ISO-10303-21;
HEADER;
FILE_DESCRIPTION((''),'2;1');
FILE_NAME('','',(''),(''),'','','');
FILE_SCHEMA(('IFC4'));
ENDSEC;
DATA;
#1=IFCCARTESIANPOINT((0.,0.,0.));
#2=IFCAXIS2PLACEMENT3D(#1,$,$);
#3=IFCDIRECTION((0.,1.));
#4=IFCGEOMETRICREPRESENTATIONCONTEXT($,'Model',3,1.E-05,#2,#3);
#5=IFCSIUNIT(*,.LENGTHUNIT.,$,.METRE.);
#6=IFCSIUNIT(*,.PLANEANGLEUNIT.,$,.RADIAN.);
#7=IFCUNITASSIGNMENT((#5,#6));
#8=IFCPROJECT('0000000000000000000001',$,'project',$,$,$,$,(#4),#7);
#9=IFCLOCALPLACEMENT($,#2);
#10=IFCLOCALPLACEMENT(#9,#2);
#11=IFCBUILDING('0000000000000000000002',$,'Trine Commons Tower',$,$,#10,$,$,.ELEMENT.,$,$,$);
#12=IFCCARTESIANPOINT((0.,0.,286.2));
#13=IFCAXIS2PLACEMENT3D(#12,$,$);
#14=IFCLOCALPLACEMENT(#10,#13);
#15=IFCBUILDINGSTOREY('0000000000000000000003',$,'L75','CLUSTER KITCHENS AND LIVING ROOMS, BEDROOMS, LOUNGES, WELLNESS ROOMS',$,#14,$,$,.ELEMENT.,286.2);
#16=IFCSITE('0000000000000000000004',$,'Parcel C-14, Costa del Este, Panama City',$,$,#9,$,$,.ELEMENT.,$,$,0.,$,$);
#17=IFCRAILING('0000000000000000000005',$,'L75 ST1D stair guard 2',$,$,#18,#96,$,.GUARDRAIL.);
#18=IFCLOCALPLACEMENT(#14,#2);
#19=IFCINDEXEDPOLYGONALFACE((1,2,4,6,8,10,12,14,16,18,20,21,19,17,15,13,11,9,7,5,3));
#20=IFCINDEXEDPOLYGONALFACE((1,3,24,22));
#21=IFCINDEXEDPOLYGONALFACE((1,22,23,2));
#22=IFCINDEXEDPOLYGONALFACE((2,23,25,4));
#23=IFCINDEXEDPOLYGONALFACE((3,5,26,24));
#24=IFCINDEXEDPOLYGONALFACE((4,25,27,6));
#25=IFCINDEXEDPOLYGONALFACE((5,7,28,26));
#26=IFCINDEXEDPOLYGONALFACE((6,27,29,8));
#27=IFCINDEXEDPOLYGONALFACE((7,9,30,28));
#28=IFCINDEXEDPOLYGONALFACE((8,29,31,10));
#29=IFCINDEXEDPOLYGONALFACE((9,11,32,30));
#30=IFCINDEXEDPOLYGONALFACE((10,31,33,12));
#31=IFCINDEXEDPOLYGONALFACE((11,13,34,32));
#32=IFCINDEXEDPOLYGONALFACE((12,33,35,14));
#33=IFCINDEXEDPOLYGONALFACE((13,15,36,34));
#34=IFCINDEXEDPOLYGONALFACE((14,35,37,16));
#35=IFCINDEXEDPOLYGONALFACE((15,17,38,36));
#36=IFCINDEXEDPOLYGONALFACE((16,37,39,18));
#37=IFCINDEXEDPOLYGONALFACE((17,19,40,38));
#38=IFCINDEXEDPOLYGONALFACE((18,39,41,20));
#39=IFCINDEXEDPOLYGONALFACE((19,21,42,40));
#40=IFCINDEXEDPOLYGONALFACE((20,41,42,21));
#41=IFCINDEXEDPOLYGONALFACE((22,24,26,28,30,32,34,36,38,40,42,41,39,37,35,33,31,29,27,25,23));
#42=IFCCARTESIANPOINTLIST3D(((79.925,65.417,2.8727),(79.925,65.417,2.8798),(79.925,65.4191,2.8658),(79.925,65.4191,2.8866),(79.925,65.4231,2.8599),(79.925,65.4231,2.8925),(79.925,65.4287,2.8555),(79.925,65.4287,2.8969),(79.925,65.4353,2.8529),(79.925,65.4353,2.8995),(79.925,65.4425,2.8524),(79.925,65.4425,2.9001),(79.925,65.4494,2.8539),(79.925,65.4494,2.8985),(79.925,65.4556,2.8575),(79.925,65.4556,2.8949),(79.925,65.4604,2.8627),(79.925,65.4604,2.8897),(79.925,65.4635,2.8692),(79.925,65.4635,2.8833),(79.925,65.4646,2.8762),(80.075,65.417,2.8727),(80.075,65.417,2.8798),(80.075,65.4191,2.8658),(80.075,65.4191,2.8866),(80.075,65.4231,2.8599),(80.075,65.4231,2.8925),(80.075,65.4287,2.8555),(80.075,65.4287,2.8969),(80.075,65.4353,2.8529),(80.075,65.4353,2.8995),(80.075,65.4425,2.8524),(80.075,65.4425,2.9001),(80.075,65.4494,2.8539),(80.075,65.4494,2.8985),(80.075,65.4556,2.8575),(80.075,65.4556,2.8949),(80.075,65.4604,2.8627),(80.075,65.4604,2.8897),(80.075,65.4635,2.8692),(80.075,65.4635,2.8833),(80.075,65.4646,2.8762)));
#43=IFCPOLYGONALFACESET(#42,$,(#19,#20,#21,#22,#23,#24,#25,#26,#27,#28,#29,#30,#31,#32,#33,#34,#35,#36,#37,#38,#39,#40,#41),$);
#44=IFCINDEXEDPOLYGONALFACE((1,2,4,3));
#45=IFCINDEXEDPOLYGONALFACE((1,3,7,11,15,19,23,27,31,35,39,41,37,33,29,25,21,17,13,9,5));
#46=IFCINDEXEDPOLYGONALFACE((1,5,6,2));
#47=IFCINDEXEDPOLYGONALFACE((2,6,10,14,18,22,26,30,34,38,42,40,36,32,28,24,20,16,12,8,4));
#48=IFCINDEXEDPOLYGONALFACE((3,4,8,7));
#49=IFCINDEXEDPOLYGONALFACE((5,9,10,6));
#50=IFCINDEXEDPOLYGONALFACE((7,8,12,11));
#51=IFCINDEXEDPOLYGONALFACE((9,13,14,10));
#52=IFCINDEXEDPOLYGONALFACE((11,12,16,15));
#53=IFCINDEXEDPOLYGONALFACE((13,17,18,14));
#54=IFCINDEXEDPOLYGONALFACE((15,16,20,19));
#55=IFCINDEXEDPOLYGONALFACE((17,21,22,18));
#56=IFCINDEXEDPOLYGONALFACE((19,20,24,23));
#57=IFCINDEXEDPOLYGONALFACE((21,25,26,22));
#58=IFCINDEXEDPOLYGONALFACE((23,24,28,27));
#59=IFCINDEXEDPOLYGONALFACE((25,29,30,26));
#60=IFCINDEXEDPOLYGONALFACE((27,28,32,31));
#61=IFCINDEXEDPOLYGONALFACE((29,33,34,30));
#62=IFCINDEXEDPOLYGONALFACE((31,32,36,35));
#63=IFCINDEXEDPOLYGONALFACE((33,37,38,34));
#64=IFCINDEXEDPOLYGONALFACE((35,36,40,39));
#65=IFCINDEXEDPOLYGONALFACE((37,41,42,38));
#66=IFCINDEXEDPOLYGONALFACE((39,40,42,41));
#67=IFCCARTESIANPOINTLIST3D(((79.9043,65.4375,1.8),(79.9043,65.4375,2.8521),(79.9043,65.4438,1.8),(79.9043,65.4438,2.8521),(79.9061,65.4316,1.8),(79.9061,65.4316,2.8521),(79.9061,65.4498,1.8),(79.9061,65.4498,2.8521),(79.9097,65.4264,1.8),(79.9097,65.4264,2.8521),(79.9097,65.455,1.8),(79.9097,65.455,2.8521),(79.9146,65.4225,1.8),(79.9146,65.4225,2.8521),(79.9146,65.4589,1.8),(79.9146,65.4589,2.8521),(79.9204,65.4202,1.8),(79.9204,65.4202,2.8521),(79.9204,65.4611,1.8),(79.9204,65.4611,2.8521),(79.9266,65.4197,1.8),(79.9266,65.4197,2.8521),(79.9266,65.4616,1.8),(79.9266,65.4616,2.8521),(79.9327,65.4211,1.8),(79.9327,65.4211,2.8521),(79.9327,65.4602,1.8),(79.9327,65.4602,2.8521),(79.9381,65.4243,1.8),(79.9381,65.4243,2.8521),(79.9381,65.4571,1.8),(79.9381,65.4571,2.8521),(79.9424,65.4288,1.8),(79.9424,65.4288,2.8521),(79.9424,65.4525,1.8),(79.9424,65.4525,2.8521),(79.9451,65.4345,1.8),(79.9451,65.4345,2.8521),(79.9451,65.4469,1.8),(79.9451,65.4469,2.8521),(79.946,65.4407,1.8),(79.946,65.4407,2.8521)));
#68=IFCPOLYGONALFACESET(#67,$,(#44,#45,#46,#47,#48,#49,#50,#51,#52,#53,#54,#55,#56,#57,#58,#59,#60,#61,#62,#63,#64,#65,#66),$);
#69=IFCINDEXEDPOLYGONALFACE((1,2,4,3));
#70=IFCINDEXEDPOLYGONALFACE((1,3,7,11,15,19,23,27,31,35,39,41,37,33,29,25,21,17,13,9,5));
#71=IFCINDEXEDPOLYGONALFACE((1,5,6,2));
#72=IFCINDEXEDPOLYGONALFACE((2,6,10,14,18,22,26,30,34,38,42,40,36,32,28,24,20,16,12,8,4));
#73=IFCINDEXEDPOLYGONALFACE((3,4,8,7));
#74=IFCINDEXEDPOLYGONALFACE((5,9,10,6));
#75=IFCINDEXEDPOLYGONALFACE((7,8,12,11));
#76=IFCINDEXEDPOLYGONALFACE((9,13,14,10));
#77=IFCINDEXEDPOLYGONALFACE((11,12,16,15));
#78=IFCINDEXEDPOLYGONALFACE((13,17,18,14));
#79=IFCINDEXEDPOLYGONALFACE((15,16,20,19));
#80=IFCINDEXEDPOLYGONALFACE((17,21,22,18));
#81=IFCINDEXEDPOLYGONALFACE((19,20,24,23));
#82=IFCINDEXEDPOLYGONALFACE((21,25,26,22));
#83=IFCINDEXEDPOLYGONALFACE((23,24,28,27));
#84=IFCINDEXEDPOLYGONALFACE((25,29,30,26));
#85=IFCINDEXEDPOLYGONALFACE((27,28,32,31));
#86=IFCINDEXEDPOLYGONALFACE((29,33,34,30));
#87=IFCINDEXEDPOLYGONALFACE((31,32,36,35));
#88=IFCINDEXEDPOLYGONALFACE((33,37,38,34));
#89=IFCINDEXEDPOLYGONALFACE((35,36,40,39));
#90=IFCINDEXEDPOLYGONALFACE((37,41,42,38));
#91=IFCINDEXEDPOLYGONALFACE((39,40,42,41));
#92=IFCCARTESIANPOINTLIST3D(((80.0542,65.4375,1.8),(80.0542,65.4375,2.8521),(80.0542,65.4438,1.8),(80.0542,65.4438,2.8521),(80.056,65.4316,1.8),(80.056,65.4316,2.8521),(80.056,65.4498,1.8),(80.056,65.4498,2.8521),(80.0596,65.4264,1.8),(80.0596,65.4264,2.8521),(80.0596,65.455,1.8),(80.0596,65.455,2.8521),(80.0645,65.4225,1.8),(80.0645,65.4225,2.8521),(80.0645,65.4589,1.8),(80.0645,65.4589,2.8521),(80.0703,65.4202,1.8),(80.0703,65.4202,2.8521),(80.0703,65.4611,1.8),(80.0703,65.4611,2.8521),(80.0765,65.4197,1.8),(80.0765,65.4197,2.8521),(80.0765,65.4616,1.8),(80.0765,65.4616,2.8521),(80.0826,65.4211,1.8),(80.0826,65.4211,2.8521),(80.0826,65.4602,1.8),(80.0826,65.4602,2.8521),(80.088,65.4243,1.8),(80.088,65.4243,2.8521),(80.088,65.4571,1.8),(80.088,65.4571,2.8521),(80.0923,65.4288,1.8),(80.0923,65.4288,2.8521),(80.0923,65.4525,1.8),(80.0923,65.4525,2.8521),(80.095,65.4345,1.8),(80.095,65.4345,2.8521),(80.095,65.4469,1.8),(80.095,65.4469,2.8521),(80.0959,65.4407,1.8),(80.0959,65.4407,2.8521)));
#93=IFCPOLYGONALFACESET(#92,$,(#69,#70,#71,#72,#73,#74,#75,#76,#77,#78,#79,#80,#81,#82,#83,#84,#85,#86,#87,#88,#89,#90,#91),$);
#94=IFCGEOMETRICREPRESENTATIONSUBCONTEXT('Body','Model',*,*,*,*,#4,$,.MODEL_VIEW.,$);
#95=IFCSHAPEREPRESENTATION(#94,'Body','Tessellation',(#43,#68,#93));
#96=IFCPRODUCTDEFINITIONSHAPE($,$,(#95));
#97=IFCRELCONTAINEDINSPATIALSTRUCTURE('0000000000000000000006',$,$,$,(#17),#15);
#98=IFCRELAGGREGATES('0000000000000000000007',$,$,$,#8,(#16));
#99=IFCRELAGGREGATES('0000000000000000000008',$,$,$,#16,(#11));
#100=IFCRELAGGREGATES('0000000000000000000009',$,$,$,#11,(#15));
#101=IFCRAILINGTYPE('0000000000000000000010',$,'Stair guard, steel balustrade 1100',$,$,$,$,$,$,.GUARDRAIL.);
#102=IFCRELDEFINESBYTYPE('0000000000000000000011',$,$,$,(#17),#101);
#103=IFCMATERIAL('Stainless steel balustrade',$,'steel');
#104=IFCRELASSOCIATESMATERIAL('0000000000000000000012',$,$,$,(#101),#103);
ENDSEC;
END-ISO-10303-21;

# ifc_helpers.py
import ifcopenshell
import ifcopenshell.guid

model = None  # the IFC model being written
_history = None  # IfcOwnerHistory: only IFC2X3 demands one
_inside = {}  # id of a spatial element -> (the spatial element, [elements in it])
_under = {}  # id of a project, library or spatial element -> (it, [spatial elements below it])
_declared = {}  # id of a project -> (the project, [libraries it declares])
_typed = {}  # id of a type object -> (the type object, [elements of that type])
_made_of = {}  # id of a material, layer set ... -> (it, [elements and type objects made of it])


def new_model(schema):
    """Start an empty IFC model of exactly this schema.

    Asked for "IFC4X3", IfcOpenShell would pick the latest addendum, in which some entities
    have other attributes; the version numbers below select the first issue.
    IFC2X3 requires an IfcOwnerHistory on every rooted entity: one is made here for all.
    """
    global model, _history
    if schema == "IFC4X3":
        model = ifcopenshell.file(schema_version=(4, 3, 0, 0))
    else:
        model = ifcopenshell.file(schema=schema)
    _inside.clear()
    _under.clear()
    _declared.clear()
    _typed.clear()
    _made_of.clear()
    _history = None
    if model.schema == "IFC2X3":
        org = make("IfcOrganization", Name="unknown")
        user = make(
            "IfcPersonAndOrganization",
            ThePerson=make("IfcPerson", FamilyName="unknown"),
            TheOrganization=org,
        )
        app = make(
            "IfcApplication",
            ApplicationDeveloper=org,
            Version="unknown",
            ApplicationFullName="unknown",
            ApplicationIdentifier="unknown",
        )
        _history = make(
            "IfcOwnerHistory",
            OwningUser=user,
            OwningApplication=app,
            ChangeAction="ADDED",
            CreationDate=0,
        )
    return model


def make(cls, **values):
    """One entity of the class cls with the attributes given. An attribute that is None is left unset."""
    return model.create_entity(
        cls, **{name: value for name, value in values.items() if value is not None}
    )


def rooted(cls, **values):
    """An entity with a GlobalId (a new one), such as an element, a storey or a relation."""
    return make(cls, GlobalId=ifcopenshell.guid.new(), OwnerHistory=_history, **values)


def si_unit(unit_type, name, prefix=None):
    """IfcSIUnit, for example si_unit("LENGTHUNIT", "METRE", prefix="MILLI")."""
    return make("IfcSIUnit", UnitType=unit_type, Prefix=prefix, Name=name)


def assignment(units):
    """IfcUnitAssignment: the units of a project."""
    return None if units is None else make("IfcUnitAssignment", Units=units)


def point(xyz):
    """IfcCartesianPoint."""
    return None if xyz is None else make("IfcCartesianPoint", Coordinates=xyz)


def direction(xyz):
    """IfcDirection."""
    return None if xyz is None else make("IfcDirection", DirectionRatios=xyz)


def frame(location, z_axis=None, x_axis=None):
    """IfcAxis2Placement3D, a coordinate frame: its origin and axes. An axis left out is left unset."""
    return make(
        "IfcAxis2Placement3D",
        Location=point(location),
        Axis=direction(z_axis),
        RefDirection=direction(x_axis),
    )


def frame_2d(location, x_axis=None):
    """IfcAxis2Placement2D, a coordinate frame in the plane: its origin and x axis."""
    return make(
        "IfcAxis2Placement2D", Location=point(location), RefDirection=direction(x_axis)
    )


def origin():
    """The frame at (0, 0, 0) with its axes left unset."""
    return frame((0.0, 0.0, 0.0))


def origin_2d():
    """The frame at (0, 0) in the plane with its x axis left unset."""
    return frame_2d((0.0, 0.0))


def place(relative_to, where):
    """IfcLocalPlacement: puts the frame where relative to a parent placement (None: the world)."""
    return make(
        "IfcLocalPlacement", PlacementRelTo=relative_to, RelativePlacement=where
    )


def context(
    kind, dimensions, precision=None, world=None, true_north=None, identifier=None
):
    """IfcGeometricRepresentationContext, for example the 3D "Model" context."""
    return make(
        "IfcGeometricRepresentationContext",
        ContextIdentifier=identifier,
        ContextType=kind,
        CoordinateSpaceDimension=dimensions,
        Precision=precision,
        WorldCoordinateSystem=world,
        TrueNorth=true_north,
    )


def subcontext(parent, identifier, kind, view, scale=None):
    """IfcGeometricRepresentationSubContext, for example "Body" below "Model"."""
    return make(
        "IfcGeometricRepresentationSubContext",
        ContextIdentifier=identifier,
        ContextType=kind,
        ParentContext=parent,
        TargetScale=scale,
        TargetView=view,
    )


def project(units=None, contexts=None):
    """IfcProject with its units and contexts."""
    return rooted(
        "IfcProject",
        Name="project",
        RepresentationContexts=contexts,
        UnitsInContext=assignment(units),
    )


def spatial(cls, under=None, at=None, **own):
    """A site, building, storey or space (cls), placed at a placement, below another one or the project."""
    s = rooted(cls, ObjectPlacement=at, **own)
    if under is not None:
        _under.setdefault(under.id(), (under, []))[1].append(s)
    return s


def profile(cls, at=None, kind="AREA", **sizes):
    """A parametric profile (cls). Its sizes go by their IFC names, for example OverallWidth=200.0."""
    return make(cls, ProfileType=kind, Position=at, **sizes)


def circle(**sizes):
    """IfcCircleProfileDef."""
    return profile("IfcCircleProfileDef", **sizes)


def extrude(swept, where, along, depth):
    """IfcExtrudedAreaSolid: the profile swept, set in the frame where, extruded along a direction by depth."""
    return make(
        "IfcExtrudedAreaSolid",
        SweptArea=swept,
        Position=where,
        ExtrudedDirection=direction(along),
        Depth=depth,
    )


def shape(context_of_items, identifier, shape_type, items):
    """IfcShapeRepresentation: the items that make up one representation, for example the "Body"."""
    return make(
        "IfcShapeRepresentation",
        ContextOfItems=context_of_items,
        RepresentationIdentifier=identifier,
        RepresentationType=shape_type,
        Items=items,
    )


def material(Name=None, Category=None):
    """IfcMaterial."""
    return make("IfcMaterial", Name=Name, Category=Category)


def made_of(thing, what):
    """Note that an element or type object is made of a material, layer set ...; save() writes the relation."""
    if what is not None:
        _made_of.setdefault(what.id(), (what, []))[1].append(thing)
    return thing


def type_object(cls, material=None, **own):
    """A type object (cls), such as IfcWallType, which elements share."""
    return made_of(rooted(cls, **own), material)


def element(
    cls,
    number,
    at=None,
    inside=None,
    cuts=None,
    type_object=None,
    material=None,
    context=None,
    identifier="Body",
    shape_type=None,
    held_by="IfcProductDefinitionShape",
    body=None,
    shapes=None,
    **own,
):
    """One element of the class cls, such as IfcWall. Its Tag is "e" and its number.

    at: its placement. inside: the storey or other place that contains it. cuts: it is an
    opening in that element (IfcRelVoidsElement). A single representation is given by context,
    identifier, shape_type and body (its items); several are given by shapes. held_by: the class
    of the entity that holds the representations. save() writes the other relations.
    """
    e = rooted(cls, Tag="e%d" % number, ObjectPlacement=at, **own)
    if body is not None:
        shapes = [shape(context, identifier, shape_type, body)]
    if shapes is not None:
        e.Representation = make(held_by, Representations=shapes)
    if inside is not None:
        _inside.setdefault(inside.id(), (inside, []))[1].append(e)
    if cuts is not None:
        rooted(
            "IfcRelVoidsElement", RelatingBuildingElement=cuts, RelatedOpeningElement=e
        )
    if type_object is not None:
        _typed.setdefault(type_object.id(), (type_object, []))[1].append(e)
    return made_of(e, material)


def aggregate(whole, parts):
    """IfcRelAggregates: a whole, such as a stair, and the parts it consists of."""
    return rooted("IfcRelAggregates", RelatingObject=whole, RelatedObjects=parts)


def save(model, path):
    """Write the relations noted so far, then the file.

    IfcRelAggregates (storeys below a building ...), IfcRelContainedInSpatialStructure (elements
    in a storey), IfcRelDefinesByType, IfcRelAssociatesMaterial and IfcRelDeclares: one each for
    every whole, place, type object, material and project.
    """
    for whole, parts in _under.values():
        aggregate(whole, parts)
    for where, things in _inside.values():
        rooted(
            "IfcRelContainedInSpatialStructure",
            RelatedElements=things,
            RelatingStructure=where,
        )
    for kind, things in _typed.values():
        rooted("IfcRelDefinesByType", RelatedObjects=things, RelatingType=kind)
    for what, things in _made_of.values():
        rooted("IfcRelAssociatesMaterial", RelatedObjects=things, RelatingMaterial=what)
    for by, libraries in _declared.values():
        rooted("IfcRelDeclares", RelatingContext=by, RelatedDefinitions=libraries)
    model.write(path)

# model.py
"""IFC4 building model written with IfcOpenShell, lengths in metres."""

from ifc_helpers import new_model, si_unit, direction, frame, origin, origin_2d, place, context, subcontext, project, spatial, circle, extrude, material, type_object, element, save


model = new_model("IFC4")

# Units and contexts
model_context = context("Model", 3, precision=1e-05, world=origin(), true_north=direction((0.0, 1.0)))
body_context = subcontext(model_context, "Body", "Model", "MODEL_VIEW")
ifc_project = project(units=[si_unit("LENGTHUNIT", "METRE"), si_unit("PLANEANGLEUNIT", "RADIAN")], contexts=[model_context])

# Site, building, storey
site_placement = place(None, origin())
site = spatial("IfcSite", under=ifc_project, at=site_placement, Name="Parcel C-14, Costa del Este, Panama City", CompositionType="ELEMENT", RefElevation=0.0)
building_placement = place(site_placement, origin())
building = spatial("IfcBuilding", under=site, at=building_placement, Name="Trine Commons Tower", CompositionType="ELEMENT")
storey_placement = place(building_placement, frame((0.0, 0.0, 286.2)))
storey = spatial("IfcBuildingStorey", under=building, at=storey_placement, Name="L75", Description="CLUSTER KITCHENS AND LIVING ROOMS, BEDROOMS, LOUNGES, WELLNESS ROOMS", CompositionType="ELEMENT", Elevation=286.2)

# Railing
ifc_material_1 = material(Name="Stainless steel balustrade", Category="steel")
railing_type_1 = type_object("IfcRailingType", Name="Stair guard, steel balustrade 1100", PredefinedType="GUARDRAIL", material=ifc_material_1)
railing_1_placement = place(storey_placement, frame((79.925, 65.4407, 1.8)))
element("IfcRailing", 1, at=railing_1_placement, inside=storey, type_object=railing_type_1, Name="L75 ST1D stair guard 2", PredefinedType="GUARDRAIL", context=body_context, shape_type="SweptSolid", body=[
    extrude(circle(Radius=0.0239, at=origin_2d()), frame((0.0, 0.0, 1.0762), z_axis=(1.0, 0.0, 0.0), x_axis=(0.0, 1.0, 0.0)), (0.0, 0.0, 1.0), 0.1499),
    extrude(circle(Radius=0.021, at=origin_2d()), origin(), (0.0, 0.0, 1.0), 1.052),
    extrude(circle(Radius=0.021, at=origin_2d()), frame((0.1499, 0.0, 0.0)), (0.0, 0.0, 1.0), 1.052),
])

save(model, "model.ifc")
